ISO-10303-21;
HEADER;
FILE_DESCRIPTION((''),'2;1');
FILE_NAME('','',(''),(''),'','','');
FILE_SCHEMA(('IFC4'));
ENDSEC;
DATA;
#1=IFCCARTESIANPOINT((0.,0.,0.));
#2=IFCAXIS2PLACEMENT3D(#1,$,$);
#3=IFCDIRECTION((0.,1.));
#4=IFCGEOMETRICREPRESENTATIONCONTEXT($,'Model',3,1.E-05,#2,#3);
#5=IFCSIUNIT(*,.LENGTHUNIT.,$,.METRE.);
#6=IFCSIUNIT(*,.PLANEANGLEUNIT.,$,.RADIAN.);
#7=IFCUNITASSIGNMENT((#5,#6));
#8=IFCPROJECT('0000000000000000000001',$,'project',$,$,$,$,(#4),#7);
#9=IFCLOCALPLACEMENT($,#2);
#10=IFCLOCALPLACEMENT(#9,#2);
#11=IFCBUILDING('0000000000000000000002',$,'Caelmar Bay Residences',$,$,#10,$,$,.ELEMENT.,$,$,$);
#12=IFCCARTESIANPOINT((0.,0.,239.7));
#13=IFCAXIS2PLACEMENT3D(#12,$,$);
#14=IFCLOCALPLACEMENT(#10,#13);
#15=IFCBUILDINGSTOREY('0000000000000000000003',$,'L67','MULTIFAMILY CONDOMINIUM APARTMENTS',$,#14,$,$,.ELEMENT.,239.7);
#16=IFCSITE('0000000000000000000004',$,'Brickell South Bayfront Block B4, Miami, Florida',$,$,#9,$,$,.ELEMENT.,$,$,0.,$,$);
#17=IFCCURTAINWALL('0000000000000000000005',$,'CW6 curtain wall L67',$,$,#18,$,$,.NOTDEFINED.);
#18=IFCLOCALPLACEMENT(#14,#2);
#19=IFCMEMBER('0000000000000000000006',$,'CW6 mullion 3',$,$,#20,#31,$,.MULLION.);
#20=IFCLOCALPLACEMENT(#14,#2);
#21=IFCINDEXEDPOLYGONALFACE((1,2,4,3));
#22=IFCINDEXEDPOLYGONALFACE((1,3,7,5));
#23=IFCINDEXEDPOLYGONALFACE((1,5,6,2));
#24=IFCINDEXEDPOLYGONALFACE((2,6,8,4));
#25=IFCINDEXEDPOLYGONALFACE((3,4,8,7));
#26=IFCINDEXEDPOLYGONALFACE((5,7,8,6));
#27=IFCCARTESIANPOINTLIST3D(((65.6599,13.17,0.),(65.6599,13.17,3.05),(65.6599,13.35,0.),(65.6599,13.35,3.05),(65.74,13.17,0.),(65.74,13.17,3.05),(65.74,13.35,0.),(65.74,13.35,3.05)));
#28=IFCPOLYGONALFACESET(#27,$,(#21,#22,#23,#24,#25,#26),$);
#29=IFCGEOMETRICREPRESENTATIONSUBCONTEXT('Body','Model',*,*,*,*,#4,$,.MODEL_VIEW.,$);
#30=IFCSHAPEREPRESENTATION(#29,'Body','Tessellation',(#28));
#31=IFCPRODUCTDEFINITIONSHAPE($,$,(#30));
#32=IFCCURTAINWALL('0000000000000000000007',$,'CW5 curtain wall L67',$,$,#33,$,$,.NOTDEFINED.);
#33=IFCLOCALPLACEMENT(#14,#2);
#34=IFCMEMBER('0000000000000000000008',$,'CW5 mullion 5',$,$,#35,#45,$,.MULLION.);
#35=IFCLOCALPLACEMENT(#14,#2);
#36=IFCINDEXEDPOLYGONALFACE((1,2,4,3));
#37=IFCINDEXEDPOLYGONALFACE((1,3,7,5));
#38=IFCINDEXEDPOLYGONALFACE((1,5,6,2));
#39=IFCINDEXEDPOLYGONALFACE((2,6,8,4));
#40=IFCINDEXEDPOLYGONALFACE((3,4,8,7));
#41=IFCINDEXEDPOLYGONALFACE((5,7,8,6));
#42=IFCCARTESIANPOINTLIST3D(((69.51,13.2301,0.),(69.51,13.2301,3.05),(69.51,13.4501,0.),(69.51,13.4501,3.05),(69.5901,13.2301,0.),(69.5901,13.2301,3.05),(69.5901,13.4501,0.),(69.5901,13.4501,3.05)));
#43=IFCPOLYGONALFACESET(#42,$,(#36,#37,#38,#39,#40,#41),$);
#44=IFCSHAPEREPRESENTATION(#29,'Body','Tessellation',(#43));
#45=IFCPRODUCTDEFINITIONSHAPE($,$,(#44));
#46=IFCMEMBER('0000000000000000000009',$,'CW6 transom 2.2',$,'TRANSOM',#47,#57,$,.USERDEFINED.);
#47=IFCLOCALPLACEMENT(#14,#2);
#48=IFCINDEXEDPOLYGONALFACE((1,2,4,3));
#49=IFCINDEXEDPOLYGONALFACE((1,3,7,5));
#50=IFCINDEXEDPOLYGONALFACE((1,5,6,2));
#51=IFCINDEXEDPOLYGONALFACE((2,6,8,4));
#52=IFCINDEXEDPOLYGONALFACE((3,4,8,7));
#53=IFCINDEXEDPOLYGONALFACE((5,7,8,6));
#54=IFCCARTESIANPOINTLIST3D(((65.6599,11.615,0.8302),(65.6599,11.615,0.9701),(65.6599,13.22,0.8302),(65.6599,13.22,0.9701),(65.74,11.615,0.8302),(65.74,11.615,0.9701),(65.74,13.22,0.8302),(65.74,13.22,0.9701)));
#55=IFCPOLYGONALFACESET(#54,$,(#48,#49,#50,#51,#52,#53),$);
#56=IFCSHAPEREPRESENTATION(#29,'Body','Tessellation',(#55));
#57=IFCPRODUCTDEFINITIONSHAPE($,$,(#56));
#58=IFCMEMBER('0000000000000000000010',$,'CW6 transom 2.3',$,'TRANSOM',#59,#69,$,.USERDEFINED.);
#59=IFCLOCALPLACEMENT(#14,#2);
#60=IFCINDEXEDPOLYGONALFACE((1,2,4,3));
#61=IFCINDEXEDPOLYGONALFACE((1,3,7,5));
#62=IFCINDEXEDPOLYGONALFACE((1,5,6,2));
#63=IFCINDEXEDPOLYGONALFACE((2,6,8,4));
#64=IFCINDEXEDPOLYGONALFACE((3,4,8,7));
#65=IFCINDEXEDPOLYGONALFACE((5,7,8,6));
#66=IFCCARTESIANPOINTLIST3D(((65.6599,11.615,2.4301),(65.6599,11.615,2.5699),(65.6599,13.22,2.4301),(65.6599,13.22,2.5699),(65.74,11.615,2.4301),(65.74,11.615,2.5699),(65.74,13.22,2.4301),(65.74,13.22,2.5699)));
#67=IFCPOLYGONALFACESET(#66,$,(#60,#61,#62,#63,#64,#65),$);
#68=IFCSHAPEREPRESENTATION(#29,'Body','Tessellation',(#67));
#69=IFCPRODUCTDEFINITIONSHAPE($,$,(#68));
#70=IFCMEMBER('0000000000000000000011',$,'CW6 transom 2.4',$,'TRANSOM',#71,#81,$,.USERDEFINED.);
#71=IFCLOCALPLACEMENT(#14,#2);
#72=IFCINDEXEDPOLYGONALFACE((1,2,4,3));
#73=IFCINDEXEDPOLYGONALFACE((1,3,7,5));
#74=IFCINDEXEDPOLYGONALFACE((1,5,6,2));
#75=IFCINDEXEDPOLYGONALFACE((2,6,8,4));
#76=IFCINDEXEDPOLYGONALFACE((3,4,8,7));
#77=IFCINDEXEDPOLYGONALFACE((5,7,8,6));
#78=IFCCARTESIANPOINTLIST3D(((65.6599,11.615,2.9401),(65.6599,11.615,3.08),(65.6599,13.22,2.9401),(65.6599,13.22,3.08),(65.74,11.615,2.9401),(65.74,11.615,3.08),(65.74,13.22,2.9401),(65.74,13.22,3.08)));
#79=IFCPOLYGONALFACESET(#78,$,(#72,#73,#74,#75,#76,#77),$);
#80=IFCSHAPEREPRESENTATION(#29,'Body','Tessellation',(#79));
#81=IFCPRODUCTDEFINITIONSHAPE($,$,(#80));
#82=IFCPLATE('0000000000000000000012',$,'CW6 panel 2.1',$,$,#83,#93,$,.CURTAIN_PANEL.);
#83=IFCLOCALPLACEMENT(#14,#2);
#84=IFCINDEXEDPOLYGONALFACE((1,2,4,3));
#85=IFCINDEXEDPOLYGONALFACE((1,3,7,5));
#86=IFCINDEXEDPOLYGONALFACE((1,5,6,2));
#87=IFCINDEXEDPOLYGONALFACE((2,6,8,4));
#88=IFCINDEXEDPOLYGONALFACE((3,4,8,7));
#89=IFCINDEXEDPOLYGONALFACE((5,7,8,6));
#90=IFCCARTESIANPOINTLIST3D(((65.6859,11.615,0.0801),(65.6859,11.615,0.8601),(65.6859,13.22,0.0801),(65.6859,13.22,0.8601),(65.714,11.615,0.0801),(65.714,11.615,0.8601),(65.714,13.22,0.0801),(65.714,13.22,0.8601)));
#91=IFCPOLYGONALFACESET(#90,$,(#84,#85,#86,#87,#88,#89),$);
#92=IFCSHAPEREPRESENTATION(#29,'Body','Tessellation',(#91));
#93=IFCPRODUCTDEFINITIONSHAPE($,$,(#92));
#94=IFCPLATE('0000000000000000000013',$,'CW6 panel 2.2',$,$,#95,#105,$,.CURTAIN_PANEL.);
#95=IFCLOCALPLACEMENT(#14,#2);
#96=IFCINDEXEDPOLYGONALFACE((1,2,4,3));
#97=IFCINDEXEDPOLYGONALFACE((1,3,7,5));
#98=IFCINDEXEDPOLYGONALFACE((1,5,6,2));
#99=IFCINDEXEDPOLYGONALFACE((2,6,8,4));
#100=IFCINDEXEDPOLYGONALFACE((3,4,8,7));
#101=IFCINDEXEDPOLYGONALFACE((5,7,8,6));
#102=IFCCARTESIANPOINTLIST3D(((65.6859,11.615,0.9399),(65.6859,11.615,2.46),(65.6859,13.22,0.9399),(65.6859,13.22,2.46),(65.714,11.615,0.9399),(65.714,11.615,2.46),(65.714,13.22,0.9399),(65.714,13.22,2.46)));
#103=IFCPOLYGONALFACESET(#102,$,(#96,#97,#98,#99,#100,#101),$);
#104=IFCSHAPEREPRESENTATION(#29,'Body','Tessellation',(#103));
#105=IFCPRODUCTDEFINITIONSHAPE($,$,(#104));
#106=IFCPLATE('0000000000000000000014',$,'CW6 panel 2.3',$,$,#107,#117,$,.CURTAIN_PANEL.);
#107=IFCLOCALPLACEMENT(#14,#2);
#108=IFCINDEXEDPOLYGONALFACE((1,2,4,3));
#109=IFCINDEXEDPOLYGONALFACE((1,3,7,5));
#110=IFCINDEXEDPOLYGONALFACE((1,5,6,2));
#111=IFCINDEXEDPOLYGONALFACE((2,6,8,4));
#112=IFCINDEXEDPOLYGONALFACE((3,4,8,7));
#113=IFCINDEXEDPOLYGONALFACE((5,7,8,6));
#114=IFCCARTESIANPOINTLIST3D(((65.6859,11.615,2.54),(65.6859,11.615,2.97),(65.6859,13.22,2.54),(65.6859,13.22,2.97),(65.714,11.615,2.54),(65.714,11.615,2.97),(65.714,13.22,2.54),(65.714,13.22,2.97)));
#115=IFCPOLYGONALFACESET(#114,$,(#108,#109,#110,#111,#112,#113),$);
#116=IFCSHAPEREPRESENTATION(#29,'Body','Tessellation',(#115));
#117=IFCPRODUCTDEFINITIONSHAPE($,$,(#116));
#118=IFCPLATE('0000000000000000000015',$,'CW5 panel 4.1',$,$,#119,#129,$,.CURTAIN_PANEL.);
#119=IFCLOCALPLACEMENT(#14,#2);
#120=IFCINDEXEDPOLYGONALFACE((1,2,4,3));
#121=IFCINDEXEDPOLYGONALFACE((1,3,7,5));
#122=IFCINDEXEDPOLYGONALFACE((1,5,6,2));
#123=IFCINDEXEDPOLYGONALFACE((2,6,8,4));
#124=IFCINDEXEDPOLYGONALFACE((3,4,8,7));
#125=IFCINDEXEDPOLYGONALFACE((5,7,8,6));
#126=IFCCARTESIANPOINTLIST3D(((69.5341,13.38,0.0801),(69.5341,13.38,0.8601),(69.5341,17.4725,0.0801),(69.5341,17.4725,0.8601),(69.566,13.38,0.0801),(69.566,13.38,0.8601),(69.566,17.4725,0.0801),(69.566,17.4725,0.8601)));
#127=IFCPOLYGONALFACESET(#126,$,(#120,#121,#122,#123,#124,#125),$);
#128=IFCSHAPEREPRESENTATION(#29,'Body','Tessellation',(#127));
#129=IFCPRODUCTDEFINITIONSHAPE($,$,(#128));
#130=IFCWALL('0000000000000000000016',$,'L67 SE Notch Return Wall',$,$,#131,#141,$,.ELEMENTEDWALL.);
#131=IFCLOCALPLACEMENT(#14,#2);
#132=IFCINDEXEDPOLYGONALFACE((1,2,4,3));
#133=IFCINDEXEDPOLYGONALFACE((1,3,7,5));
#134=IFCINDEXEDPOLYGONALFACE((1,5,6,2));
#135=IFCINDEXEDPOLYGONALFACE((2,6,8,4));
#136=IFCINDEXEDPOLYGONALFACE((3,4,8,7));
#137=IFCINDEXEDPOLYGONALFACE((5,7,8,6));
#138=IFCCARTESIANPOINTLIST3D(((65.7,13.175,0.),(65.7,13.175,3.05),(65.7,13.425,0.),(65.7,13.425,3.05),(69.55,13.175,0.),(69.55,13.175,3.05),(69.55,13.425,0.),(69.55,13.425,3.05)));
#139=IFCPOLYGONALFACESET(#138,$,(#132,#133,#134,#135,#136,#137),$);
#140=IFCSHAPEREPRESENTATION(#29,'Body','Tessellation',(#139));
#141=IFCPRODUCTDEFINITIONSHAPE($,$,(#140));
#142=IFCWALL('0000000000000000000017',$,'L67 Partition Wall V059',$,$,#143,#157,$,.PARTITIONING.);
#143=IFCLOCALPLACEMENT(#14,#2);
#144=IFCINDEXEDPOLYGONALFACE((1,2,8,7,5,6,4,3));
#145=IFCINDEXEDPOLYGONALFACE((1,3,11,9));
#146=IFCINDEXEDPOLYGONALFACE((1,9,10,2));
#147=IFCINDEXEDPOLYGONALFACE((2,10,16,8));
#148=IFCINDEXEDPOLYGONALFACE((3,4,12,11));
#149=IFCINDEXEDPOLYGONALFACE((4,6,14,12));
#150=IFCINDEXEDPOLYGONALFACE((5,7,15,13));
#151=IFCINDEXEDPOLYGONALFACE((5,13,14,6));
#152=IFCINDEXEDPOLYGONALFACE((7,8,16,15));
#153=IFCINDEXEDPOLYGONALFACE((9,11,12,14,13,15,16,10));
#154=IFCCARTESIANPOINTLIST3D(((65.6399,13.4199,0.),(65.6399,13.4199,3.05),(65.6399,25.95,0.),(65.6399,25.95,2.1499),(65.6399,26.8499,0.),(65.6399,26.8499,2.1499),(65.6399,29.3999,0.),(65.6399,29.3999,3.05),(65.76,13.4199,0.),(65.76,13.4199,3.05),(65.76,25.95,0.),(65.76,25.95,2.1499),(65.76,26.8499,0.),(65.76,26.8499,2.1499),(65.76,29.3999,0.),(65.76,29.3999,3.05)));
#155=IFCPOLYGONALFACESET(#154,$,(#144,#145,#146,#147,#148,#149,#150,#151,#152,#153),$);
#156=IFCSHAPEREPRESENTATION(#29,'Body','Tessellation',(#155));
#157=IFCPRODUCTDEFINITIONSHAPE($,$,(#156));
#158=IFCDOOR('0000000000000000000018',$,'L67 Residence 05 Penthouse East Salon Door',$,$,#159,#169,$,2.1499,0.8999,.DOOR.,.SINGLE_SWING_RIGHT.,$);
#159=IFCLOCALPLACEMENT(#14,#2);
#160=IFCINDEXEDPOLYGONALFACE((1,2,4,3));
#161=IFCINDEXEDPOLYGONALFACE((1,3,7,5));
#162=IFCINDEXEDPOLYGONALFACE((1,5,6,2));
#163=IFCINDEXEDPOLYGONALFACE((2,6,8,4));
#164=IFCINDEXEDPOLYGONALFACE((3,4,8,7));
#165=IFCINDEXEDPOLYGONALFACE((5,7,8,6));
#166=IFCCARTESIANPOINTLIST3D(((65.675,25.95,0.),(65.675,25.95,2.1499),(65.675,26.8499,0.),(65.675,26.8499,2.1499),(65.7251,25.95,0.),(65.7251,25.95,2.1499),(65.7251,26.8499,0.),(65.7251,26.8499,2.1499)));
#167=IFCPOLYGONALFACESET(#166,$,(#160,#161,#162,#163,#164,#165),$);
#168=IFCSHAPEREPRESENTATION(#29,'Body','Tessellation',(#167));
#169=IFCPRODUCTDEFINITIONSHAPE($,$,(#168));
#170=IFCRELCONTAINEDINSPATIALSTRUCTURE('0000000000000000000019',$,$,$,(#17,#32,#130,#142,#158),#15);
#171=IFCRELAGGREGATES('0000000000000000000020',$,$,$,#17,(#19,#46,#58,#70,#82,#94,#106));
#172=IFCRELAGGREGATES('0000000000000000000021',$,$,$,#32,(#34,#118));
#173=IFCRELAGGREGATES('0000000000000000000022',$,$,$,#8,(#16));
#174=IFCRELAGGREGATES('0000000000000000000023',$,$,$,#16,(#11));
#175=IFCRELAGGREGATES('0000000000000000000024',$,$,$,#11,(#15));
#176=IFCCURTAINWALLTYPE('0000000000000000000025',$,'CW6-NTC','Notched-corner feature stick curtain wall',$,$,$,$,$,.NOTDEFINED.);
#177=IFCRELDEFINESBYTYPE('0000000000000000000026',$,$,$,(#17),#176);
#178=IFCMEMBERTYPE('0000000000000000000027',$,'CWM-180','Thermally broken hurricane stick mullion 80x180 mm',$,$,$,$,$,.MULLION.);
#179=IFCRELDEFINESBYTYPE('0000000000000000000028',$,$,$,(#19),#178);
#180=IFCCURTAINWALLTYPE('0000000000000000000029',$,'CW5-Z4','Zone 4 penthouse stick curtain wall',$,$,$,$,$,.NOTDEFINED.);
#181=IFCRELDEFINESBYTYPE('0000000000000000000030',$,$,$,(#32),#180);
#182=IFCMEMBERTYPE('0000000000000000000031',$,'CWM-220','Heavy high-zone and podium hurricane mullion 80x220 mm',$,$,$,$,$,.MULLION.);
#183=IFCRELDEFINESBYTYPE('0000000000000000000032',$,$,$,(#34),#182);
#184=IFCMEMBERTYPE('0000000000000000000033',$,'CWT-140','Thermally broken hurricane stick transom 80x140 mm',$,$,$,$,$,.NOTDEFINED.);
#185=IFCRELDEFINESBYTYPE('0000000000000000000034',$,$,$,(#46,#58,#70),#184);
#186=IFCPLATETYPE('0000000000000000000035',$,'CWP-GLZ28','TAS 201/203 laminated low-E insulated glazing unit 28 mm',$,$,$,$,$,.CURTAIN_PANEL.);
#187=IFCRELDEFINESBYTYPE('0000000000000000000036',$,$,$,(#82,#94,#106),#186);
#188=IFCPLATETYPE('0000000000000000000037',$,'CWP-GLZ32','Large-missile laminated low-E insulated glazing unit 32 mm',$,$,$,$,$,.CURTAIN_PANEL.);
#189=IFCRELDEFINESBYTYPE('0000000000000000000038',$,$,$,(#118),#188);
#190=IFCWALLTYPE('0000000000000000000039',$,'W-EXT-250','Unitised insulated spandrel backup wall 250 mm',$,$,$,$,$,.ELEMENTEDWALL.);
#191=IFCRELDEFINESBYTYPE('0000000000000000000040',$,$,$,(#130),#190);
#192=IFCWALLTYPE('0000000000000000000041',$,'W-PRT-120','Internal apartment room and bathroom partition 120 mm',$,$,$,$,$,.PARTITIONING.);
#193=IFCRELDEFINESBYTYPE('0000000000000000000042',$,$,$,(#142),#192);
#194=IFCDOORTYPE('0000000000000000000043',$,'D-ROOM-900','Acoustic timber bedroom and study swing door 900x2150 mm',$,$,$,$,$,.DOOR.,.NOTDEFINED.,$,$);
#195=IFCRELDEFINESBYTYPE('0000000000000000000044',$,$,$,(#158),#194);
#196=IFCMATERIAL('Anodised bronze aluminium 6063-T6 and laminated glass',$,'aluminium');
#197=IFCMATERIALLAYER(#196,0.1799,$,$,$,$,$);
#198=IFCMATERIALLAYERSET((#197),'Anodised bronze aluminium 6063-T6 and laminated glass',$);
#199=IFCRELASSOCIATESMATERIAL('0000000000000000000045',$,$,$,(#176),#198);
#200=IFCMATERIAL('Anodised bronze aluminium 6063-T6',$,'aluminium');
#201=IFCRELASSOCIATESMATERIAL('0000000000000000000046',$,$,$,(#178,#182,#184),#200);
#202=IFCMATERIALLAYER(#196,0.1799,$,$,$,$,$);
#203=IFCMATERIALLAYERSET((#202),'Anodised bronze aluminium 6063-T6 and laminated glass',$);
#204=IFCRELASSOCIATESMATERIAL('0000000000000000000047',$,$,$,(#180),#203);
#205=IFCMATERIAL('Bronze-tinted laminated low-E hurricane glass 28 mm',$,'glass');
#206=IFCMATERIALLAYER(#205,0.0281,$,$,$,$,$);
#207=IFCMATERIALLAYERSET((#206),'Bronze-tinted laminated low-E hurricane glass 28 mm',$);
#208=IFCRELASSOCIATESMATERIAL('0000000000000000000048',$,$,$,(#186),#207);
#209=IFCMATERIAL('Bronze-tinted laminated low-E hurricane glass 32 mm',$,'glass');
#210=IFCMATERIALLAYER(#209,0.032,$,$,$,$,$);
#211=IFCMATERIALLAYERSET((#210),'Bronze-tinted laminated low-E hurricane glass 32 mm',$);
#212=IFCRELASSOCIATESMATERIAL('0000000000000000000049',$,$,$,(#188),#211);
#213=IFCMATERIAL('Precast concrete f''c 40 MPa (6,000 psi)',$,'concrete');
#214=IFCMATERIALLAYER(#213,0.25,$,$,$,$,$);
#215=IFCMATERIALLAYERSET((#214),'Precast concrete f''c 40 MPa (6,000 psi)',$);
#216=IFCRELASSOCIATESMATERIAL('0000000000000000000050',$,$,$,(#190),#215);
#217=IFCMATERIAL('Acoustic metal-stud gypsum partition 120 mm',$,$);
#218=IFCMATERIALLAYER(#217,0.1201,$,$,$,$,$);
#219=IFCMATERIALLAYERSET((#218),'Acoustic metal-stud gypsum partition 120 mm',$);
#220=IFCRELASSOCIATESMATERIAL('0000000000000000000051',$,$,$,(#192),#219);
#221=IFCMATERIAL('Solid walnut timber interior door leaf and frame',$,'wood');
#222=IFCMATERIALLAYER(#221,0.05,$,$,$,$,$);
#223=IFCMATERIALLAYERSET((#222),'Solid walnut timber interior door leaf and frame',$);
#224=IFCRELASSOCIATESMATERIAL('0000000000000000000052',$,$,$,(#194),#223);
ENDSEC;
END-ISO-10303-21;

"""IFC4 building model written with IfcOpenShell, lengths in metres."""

from ifc_helpers import new_model, si_unit, direction, frame, frame_2d, origin, origin_2d, place, context, subcontext, project, spatial, rectangle, extrude, material, layer, layer_set, material_profile, profile_set, type_object, element, fill, aggregate, save


model = new_model("IFC4")

# Units and contexts
model_context = context("Model", 3, precision=1e-05, world=origin(), true_north=direction((0.0, 1.0)))
body_context = subcontext(model_context, "Body", "Model", "MODEL_VIEW")
ifc_project = project(units=[si_unit("LENGTHUNIT", "METRE"), si_unit("PLANEANGLEUNIT", "RADIAN")], contexts=[model_context])

# Site, building, storey
site_placement = place(None, origin())
site = spatial("IfcSite", under=ifc_project, at=site_placement, Name="Brickell South Bayfront Block B4, Miami, Florida", CompositionType="ELEMENT", RefElevation=0.0)
building_placement = place(site_placement, origin())
building = spatial("IfcBuilding", under=site, at=building_placement, Name="Caelmar Bay Residences", CompositionType="ELEMENT")
storey_placement = place(building_placement, frame((0.0, 0.0, 239.7)))
storey = spatial("IfcBuildingStorey", under=building, at=storey_placement, Name="L67", Description="MULTIFAMILY CONDOMINIUM APARTMENTS", CompositionType="ELEMENT", Elevation=239.7)

# Curtain walls, members
ifc_material_1 = material(Name="Anodised bronze aluminium 6063-T6 and laminated glass", Category="aluminium")
ifc_layer_1 = layer(ifc_material_1, 0.1799)
ifc_layer_set_1 = layer_set([ifc_layer_1], Name="Anodised bronze aluminium 6063-T6 and laminated glass")
curtain_wall_type_1 = type_object("IfcCurtainWallType", Name="CW6-NTC", Description="Notched-corner feature stick curtain wall", PredefinedType="NOTDEFINED", material=ifc_layer_set_1)
curtain_wall_1_placement = place(storey_placement, origin())
curtain_wall_1 = element("IfcCurtainWall", 1, at=curtain_wall_1_placement, inside=storey, type_object=curtain_wall_type_1, Name="CW6 curtain wall L67", PredefinedType="NOTDEFINED")
ifc_material_2 = material(Name="Anodised bronze aluminium 6063-T6", Category="aluminium")
ifc_material_profile_1 = material_profile(ifc_material_2, rectangle(XDim=0.0801, YDim=0.1799, at=origin_2d()), Name="CWM-80X180")
ifc_profile_set_1 = profile_set([ifc_material_profile_1], Name="Anodised bronze aluminium 6063-T6")
member_type_1 = type_object("IfcMemberType", Name="CWM-180", Description="Thermally broken hurricane stick mullion 80x180 mm", PredefinedType="MULLION", material=ifc_profile_set_1)
member_1_placement = place(storey_placement, frame((65.7, 13.26, 0.0), z_axis=(0.0, 0.0, 1.0), x_axis=(-1.0, 0.0, 0.0)))
member_1 = element("IfcMember", 2, at=member_1_placement, type_object=member_type_1, Name="CW6 mullion 3", PredefinedType="MULLION", context=body_context, shape_type="SweptSolid", body=[
    extrude(rectangle(XDim=0.0801, YDim=0.1799, at=origin_2d()), origin(), (0.0, 0.0, 1.0), 3.05),
])
ifc_layer_2 = layer(ifc_material_1, 0.1799)
ifc_layer_set_2 = layer_set([ifc_layer_2], Name="Anodised bronze aluminium 6063-T6 and laminated glass")
curtain_wall_type_2 = type_object("IfcCurtainWallType", Name="CW5-Z4", Description="Zone 4 penthouse stick curtain wall", PredefinedType="NOTDEFINED", material=ifc_layer_set_2)
curtain_wall_2_placement = place(storey_placement, origin())
curtain_wall_2 = element("IfcCurtainWall", 3, at=curtain_wall_2_placement, inside=storey, type_object=curtain_wall_type_2, Name="CW5 curtain wall L67", PredefinedType="NOTDEFINED")
ifc_material_profile_2 = material_profile(ifc_material_2, rectangle(XDim=0.0801, YDim=0.22, at=origin_2d()), Name="CWM-80X220")
ifc_profile_set_2 = profile_set([ifc_material_profile_2], Name="Anodised bronze aluminium 6063-T6")
member_type_2 = type_object("IfcMemberType", Name="CWM-220", Description="Heavy high-zone and podium hurricane mullion 80x220 mm", PredefinedType="MULLION", material=ifc_profile_set_2)
member_2_placement = place(storey_placement, frame((69.55, 13.3401, 0.0), z_axis=(0.0, 0.0, 1.0), x_axis=(1.0, 0.0, 0.0)))
member_2 = element("IfcMember", 4, at=member_2_placement, type_object=member_type_2, Name="CW5 mullion 5", PredefinedType="MULLION", context=body_context, shape_type="SweptSolid", body=[
    extrude(rectangle(XDim=0.0801, YDim=0.22, at=origin_2d()), origin(), (0.0, 0.0, 1.0), 3.05),
])

# Members
ifc_material_profile_3 = material_profile(ifc_material_2, rectangle(XDim=0.0801, YDim=0.1399, at=origin_2d()), Name="CWT-80X140")
ifc_profile_set_3 = profile_set([ifc_material_profile_3], Name="Anodised bronze aluminium 6063-T6")
member_type_3 = type_object("IfcMemberType", Name="CWT-140", Description="Thermally broken hurricane stick transom 80x140 mm", PredefinedType="NOTDEFINED", material=ifc_profile_set_3)
member_3_placement = place(storey_placement, frame((65.7, 11.615, 0.9001), z_axis=(0.0, 1.0, 0.0), x_axis=(-1.0, 0.0, 0.0)))
member_3 = element("IfcMember", 5, at=member_3_placement, type_object=member_type_3, Name="CW6 transom 2.2", ObjectType="TRANSOM", PredefinedType="USERDEFINED", context=body_context, shape_type="SweptSolid", body=[
    extrude(rectangle(XDim=0.0801, YDim=0.1399, at=origin_2d()), origin(), (0.0, 0.0, 1.0), 1.605),
])
member_4_placement = place(storey_placement, frame((65.7, 11.615, 2.5), z_axis=(0.0, 1.0, 0.0), x_axis=(-1.0, 0.0, 0.0)))
member_4 = element("IfcMember", 6, at=member_4_placement, type_object=member_type_3, Name="CW6 transom 2.3", ObjectType="TRANSOM", PredefinedType="USERDEFINED", context=body_context, shape_type="SweptSolid", body=[
    extrude(rectangle(XDim=0.0801, YDim=0.1399, at=origin_2d()), origin(), (0.0, 0.0, 1.0), 1.605),
])
member_5_placement = place(storey_placement, frame((65.7, 11.615, 3.01), z_axis=(0.0, 1.0, 0.0), x_axis=(-1.0, 0.0, 0.0)))
member_5 = element("IfcMember", 7, at=member_5_placement, type_object=member_type_3, Name="CW6 transom 2.4", ObjectType="TRANSOM", PredefinedType="USERDEFINED", context=body_context, shape_type="SweptSolid", body=[
    extrude(rectangle(XDim=0.0801, YDim=0.1399, at=origin_2d()), origin(), (0.0, 0.0, 1.0), 1.605),
])

# Plates
ifc_material_3 = material(Name="Bronze-tinted laminated low-E hurricane glass 28 mm", Category="glass")
ifc_layer_3 = layer(ifc_material_3, 0.0281)
ifc_layer_set_3 = layer_set([ifc_layer_3], Name="Bronze-tinted laminated low-E hurricane glass 28 mm")
plate_type_1 = type_object("IfcPlateType", Name="CWP-GLZ28", Description="TAS 201/203 laminated low-E insulated glazing unit 28 mm", PredefinedType="CURTAIN_PANEL", material=ifc_layer_set_3)
plate_1_placement = place(storey_placement, frame((65.7, 12.4175, 0.0801), z_axis=(0.0, 0.0, 1.0), x_axis=(0.0, 1.0, 0.0)))
plate_1 = element("IfcPlate", 8, at=plate_1_placement, type_object=plate_type_1, Name="CW6 panel 2.1", PredefinedType="CURTAIN_PANEL", context=body_context, shape_type="SweptSolid", body=[
    extrude(rectangle(XDim=1.605, YDim=0.0281, at=origin_2d()), origin(), (0.0, 0.0, 1.0), 0.78),
])
plate_2_placement = place(storey_placement, frame((65.7, 12.4175, 0.9399), z_axis=(0.0, 0.0, 1.0), x_axis=(0.0, 1.0, 0.0)))
plate_2 = element("IfcPlate", 9, at=plate_2_placement, type_object=plate_type_1, Name="CW6 panel 2.2", PredefinedType="CURTAIN_PANEL", context=body_context, shape_type="SweptSolid", body=[
    extrude(rectangle(XDim=1.605, YDim=0.0281, at=origin_2d()), origin(), (0.0, 0.0, 1.0), 1.52),
])
plate_3_placement = place(storey_placement, frame((65.7, 12.4175, 2.54), z_axis=(0.0, 0.0, 1.0), x_axis=(0.0, 1.0, 0.0)))
plate_3 = element("IfcPlate", 10, at=plate_3_placement, type_object=plate_type_1, Name="CW6 panel 2.3", PredefinedType="CURTAIN_PANEL", context=body_context, shape_type="SweptSolid", body=[
    extrude(rectangle(XDim=1.605, YDim=0.0281, at=origin_2d()), origin(), (0.0, 0.0, 1.0), 0.4299),
])
aggregate(curtain_wall_1, [member_1, member_3, member_4, member_5, plate_1, plate_2, plate_3])
ifc_material_4 = material(Name="Bronze-tinted laminated low-E hurricane glass 32 mm", Category="glass")
ifc_layer_4 = layer(ifc_material_4, 0.032)
ifc_layer_set_4 = layer_set([ifc_layer_4], Name="Bronze-tinted laminated low-E hurricane glass 32 mm")
plate_type_2 = type_object("IfcPlateType", Name="CWP-GLZ32", Description="Large-missile laminated low-E insulated glazing unit 32 mm", PredefinedType="CURTAIN_PANEL", material=ifc_layer_set_4)
plate_4_placement = place(storey_placement, frame((69.55, 15.4263, 0.0801), z_axis=(0.0, 0.0, 1.0), x_axis=(0.0, -1.0, 0.0)))
plate_4 = element("IfcPlate", 11, at=plate_4_placement, type_object=plate_type_2, Name="CW5 panel 4.1", PredefinedType="CURTAIN_PANEL", context=body_context, shape_type="SweptSolid", body=[
    extrude(rectangle(XDim=4.0925, YDim=0.032, at=origin_2d()), origin(), (0.0, 0.0, 1.0), 0.78),
])
aggregate(curtain_wall_2, [member_2, plate_4])

# Wall
ifc_material_5 = material(Name="Precast concrete f'c 40 MPa (6,000 psi)", Category="concrete")
ifc_layer_5 = layer(ifc_material_5, 0.25)
ifc_layer_set_5 = layer_set([ifc_layer_5], Name="Precast concrete f'c 40 MPa (6,000 psi)")
wall_type_1 = type_object("IfcWallType", Name="W-EXT-250", Description="Unitised insulated spandrel backup wall 250 mm", PredefinedType="ELEMENTEDWALL", material=ifc_layer_set_5)
wall_1_placement = place(storey_placement, frame((65.7, 13.3, 0.0), z_axis=(0.0, 0.0, 1.0), x_axis=(1.0, 0.0, 0.0)))
element("IfcWall", 12, at=wall_1_placement, inside=storey, type_object=wall_type_1, Name="L67 SE Notch Return Wall", PredefinedType="ELEMENTEDWALL", context=body_context, shape_type="SweptSolid", body=[
    extrude(rectangle(XDim=3.8501, YDim=0.25, at=frame_2d((1.925, 0.0))), origin(), (0.0, 0.0, 1.0), 3.05),
])

# Wall, opening, door
ifc_material_6 = material(Name="Acoustic metal-stud gypsum partition 120 mm")
ifc_layer_6 = layer(ifc_material_6, 0.1201)
ifc_layer_set_6 = layer_set([ifc_layer_6], Name="Acoustic metal-stud gypsum partition 120 mm")
wall_type_2 = type_object("IfcWallType", Name="W-PRT-120", Description="Internal apartment room and bathroom partition 120 mm", PredefinedType="PARTITIONING", material=ifc_layer_set_6)
wall_2_placement = place(storey_placement, frame((65.7, 13.4199, 0.0), z_axis=(0.0, 0.0, 1.0), x_axis=(0.0, 1.0, 0.0)))
wall_2 = element("IfcWall", 13, at=wall_2_placement, inside=storey, type_object=wall_type_2, Name="L67 Partition Wall V059", PredefinedType="PARTITIONING", context=body_context, shape_type="SweptSolid", body=[
    extrude(rectangle(XDim=15.98, YDim=0.1201, at=frame_2d((7.99, 0.0))), origin(), (0.0, 0.0, 1.0), 3.05),
])
opening_placement = place(wall_2_placement, frame((12.53, 0.0, 0.0)))
opening = element("IfcOpeningElement", 14, at=opening_placement, cuts=wall_2, PredefinedType="OPENING", context=body_context, shape_type="SweptSolid", body=[
    extrude(rectangle(XDim=0.8999, YDim=2.1499, at=frame_2d((0.45, 1.075))), frame((0.0, 0.0701, 0.0), z_axis=(0.0, -1.0, 0.0), x_axis=(1.0, 0.0, 0.0)), (0.0, 0.0, 1.0), 0.1401),
])
ifc_material_7 = material(Name="Solid walnut timber interior door leaf and frame", Category="wood")
ifc_layer_7 = layer(ifc_material_7, 0.05)
ifc_layer_set_7 = layer_set([ifc_layer_7], Name="Solid walnut timber interior door leaf and frame")
door_type = type_object("IfcDoorType", Name="D-ROOM-900", Description="Acoustic timber bedroom and study swing door 900x2150 mm", OperationType="NOTDEFINED", PredefinedType="DOOR", material=ifc_layer_set_7)
door_placement = place(opening_placement, origin())
door = element("IfcDoor", 15, at=door_placement, inside=storey, type_object=door_type, Name="L67 Residence 05 Penthouse East Salon Door", OperationType="SINGLE_SWING_RIGHT", OverallHeight=2.1499, OverallWidth=0.8999, PredefinedType="DOOR", context=body_context, shape_type="SweptSolid", body=[
    extrude(rectangle(XDim=0.8999, YDim=2.1499, at=frame_2d((0.45, 1.075))), frame((0.0, 0.0249, 0.0), z_axis=(0.0, -1.0, 0.0), x_axis=(1.0, 0.0, 0.0)), (0.0, 0.0, 1.0), 0.05),
])
fill(opening, door)

save(model, "model.ifc")
